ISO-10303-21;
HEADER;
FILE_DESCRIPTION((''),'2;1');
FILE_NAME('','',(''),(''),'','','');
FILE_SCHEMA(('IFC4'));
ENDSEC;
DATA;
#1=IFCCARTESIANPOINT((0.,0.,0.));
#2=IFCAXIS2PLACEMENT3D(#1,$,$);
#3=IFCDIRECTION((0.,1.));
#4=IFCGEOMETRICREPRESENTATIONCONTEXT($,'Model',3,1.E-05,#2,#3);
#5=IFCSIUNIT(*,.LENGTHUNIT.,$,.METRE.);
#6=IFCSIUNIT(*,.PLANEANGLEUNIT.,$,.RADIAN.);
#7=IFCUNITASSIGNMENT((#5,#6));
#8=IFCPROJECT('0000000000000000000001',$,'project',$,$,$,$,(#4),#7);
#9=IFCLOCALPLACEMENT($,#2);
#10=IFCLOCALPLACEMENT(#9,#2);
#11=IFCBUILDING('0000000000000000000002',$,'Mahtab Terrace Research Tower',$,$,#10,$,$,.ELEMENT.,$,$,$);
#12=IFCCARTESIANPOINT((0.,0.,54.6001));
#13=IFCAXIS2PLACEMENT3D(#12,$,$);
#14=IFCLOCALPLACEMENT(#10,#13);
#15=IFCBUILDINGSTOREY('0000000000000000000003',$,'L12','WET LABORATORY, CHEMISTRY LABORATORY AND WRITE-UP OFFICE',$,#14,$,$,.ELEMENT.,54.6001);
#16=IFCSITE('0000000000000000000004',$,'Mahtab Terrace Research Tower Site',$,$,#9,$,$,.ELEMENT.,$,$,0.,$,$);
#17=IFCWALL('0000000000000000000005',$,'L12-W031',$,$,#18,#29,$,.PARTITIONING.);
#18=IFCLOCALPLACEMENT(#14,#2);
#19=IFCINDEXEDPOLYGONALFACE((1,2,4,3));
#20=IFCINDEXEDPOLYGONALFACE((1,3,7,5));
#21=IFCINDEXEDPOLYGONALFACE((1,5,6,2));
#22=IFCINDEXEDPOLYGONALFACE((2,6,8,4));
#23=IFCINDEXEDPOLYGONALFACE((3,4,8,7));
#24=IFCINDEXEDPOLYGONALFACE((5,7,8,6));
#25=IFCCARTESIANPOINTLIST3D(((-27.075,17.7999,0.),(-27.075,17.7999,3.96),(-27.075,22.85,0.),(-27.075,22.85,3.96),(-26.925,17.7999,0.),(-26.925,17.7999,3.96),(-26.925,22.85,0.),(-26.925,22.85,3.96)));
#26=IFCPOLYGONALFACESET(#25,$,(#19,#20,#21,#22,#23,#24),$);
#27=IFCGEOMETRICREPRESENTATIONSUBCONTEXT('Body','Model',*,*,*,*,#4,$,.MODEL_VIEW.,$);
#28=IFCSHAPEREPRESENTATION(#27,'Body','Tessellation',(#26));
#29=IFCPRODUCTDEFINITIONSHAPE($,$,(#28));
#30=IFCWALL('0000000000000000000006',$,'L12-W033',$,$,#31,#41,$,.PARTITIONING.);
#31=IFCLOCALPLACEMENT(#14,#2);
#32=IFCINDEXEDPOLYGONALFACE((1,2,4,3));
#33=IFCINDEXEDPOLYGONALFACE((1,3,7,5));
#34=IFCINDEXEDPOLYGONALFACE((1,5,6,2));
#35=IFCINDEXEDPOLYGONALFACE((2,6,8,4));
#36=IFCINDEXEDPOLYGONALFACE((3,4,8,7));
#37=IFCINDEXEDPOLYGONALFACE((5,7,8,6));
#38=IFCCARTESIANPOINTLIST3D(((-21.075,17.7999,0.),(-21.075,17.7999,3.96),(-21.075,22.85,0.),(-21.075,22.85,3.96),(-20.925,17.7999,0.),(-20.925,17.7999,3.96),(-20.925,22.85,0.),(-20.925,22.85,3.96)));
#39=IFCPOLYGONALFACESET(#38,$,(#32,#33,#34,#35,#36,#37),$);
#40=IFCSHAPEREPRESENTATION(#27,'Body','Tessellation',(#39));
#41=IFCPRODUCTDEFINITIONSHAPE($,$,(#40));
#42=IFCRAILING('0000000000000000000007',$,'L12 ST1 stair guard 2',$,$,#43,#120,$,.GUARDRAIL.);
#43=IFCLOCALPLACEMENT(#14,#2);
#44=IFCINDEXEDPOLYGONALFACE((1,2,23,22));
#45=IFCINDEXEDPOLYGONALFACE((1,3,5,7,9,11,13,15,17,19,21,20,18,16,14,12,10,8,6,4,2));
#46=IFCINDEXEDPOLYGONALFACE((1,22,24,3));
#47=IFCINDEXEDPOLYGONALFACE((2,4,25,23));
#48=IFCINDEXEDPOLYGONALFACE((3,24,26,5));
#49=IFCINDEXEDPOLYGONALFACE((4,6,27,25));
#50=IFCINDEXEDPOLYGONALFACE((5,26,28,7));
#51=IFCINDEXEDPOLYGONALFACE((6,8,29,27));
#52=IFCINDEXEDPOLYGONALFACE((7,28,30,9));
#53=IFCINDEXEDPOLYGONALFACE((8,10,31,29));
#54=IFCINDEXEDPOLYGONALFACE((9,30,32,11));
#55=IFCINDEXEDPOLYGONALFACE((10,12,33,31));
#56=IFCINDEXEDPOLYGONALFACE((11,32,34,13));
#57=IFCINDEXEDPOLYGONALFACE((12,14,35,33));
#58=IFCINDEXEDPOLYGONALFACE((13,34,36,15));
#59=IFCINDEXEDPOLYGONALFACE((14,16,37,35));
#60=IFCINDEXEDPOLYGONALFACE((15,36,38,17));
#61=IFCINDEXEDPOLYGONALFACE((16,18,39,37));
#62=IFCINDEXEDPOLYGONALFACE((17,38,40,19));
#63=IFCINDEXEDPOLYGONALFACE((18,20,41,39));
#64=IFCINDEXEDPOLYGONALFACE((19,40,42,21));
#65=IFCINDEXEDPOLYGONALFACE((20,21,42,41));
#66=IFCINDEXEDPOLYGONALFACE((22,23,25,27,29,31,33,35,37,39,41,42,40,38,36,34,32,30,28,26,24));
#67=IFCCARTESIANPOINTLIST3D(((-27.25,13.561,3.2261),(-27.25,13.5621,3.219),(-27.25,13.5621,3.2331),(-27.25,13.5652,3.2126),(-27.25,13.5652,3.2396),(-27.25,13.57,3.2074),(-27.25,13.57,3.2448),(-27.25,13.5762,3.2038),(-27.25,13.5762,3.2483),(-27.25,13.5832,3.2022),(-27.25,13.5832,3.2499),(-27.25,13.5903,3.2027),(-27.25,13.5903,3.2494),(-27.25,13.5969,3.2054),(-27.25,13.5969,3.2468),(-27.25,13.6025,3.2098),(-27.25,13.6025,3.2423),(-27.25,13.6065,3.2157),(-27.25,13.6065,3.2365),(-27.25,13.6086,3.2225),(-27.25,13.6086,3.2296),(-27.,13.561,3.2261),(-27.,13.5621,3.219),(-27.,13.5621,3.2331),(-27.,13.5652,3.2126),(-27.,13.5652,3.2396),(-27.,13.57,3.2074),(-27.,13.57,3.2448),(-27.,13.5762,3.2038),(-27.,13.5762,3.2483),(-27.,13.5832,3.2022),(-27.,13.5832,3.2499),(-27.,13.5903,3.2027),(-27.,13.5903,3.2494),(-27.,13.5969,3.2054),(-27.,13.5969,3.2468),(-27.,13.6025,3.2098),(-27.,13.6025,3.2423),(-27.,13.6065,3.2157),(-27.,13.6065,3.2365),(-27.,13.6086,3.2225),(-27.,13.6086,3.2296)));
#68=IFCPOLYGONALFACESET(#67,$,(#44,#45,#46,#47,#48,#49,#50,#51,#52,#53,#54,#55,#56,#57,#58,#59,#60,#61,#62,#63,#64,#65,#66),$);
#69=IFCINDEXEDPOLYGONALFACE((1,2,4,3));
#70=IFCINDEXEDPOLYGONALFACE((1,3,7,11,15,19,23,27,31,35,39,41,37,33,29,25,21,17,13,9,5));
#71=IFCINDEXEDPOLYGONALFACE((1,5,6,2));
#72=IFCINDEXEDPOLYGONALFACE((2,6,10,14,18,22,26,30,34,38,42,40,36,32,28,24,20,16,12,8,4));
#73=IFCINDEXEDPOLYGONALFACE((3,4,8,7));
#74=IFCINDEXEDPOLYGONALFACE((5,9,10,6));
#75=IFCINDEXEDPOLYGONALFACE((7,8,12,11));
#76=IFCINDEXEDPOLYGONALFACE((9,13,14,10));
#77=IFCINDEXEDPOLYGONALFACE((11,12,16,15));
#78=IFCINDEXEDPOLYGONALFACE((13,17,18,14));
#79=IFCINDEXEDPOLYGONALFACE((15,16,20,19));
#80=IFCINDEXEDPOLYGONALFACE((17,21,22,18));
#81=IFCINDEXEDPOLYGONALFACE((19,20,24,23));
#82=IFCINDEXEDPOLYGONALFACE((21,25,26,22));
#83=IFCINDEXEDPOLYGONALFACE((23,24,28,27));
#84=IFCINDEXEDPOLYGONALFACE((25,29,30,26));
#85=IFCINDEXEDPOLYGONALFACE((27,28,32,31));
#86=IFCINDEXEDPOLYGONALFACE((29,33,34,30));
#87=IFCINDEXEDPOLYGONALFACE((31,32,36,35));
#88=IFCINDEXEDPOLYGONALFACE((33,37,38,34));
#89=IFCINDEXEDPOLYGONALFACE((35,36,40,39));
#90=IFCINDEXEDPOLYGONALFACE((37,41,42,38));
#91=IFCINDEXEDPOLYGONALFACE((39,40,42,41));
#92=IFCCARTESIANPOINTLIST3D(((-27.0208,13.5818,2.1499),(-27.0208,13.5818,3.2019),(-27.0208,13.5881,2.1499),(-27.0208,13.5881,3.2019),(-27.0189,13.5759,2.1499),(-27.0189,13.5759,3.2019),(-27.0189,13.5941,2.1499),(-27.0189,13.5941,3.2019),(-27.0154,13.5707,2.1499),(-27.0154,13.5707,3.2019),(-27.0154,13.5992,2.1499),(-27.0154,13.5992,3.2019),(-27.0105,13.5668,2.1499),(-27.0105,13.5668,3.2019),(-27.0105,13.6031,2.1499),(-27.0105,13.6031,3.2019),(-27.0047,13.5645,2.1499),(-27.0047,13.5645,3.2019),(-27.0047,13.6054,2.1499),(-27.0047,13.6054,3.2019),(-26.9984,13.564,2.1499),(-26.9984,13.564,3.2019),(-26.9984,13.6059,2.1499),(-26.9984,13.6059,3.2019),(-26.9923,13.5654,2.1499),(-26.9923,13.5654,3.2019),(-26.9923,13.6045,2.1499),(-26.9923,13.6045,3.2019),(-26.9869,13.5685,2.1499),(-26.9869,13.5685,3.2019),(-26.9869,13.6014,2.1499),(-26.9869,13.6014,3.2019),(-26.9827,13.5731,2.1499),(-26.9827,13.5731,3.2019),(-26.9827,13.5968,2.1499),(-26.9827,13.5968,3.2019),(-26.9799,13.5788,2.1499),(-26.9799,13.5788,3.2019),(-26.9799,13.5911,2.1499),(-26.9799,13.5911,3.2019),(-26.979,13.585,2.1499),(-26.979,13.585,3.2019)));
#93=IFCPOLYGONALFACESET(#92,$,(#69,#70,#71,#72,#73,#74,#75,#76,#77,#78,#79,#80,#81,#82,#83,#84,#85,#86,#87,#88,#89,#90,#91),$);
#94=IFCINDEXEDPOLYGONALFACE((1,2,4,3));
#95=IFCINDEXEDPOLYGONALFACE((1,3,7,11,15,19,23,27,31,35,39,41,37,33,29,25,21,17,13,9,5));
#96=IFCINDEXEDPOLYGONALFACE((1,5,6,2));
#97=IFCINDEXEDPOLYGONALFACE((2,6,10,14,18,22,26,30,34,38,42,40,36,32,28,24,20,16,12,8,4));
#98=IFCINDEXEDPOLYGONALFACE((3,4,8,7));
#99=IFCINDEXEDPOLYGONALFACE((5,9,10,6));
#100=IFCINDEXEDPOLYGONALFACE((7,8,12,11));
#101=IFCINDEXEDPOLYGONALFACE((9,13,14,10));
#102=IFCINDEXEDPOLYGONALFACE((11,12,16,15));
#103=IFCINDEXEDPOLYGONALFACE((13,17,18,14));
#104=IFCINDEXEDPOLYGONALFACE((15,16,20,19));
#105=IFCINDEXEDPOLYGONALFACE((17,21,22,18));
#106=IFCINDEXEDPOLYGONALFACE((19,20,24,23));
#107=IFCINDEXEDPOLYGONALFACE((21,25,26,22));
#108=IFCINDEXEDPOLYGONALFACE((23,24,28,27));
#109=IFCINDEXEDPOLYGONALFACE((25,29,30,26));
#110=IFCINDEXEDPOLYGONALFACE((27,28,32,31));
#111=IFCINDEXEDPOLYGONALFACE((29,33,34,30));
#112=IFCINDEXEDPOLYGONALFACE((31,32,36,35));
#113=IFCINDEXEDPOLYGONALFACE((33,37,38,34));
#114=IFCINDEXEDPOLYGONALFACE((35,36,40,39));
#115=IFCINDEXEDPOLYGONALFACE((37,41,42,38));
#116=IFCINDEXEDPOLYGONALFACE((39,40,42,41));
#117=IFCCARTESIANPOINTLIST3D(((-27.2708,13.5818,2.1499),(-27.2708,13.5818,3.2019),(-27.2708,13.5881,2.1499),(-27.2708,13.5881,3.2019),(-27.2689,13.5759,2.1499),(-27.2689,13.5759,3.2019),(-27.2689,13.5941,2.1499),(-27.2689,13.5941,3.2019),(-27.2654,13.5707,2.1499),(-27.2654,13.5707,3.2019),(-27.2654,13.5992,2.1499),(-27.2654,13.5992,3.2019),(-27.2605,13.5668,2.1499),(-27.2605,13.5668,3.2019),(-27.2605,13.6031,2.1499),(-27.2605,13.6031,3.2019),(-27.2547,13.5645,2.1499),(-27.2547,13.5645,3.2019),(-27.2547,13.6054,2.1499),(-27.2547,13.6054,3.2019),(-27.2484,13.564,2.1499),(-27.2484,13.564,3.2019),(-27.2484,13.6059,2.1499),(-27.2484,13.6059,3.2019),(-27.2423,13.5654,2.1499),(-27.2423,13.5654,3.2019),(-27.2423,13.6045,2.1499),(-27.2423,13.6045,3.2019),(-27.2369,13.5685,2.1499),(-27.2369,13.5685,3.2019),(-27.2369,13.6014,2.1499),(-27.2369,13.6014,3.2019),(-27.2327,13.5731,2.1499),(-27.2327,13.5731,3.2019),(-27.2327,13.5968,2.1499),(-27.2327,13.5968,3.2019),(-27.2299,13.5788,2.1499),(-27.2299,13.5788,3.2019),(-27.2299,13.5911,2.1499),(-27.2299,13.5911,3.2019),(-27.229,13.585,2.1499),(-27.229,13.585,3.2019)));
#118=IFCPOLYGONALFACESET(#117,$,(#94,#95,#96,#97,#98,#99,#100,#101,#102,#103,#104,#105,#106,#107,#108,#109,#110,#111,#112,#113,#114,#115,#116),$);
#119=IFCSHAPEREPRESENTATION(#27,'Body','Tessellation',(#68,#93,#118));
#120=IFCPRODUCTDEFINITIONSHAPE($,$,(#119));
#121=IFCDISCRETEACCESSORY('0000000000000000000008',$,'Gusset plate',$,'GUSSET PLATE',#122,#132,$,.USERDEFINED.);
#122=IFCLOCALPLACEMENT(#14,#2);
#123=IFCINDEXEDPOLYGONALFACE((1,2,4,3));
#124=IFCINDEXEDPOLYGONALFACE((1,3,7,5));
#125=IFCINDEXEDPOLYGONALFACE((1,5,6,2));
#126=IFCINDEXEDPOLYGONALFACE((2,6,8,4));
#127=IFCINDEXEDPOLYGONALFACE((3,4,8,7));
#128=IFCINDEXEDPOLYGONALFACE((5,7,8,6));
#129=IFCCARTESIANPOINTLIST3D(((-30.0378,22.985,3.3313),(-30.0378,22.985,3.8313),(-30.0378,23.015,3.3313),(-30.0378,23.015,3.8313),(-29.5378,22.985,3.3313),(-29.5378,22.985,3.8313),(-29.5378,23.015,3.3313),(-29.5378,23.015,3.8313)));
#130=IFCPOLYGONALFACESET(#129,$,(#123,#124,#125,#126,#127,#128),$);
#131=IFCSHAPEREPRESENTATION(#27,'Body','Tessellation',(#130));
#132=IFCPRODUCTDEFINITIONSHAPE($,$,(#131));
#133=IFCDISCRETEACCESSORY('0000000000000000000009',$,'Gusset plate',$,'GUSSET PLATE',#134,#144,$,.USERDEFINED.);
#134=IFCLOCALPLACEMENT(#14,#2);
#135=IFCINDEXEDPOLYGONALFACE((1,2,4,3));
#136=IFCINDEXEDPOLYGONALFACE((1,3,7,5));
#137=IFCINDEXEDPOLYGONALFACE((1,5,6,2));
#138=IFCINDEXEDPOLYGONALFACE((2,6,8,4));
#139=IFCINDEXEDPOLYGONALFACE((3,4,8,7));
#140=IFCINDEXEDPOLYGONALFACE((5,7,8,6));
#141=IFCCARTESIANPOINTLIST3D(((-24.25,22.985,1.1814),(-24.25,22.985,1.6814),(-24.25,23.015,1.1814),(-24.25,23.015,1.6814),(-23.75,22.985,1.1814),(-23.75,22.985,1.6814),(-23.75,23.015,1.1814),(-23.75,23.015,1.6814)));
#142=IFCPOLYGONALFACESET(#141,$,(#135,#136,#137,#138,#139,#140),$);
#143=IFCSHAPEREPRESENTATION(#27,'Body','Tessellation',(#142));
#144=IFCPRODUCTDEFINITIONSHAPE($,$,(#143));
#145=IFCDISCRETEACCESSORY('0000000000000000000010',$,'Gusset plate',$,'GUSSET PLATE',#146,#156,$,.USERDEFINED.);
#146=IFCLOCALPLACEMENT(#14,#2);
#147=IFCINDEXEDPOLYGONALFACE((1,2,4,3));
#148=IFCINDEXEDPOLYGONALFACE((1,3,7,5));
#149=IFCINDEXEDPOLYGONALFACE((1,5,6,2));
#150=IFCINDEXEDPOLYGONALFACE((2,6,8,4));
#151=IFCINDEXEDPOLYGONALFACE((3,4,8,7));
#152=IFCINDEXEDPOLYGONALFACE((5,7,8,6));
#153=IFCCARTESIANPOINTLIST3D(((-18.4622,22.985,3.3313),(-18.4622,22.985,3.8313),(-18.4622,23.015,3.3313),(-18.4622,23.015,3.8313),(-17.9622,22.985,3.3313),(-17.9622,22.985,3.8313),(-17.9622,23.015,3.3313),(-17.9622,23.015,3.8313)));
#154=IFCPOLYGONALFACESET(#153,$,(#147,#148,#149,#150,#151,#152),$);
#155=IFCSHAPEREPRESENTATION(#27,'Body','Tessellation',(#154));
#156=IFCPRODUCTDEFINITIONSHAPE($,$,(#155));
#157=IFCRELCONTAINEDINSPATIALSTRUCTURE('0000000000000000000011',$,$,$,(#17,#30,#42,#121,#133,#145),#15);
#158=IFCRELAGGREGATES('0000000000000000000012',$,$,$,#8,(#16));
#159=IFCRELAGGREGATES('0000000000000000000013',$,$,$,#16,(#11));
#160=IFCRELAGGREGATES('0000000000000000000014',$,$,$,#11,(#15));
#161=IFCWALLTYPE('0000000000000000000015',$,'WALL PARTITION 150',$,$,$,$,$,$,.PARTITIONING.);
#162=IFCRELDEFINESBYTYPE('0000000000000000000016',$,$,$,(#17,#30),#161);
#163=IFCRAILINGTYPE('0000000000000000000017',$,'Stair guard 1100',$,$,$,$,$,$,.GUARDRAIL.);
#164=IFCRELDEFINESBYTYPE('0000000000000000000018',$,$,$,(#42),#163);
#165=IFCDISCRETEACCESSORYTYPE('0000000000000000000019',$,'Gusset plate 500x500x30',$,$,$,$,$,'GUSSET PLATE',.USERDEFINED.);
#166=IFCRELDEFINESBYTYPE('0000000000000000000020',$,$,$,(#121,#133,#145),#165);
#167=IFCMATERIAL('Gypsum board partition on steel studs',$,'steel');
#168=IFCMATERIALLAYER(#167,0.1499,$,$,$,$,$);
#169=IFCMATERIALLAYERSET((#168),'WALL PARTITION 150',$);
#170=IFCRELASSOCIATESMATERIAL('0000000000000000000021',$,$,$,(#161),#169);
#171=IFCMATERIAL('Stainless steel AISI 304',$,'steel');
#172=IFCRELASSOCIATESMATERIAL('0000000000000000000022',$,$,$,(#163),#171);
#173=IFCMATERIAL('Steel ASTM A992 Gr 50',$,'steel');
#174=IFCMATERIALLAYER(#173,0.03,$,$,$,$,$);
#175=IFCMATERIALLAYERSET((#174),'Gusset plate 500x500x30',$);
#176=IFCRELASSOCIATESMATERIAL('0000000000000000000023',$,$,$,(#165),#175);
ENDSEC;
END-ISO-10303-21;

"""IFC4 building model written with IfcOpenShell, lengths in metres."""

from ifc_helpers import new_model, si_unit, direction, frame, frame_2d, origin, origin_2d, place, context, subcontext, project, spatial, rectangle, circle, extrude, material, layer, layer_set, type_object, element, save


model = new_model("IFC4")

# Units and contexts
model_context = context("Model", 3, precision=1e-05, world=origin(), true_north=direction((0.0, 1.0)))
body_context = subcontext(model_context, "Body", "Model", "MODEL_VIEW")
ifc_project = project(units=[si_unit("LENGTHUNIT", "METRE"), si_unit("PLANEANGLEUNIT", "RADIAN")], contexts=[model_context])

# Site, building, storey
site_placement = place(None, origin())
site = spatial("IfcSite", under=ifc_project, at=site_placement, Name="Mahtab Terrace Research Tower Site", CompositionType="ELEMENT", RefElevation=0.0)
building_placement = place(site_placement, origin())
building = spatial("IfcBuilding", under=site, at=building_placement, Name="Mahtab Terrace Research Tower", CompositionType="ELEMENT")
storey_placement = place(building_placement, frame((0.0, 0.0, 54.6001)))
storey = spatial("IfcBuildingStorey", under=building, at=storey_placement, Name="L12", Description="WET LABORATORY, CHEMISTRY LABORATORY AND WRITE-UP OFFICE", CompositionType="ELEMENT", Elevation=54.6001)

# Shared definitions
ifc_material_1 = material(Name="Steel ASTM A992 Gr 50", Category="steel")

# Shared definitions
ifc_material_2 = material(Name="Stainless steel AISI 304", Category="steel")

# Walls
ifc_material_3 = material(Name="Gypsum board partition on steel studs", Category="steel")
ifc_layer_1 = layer(ifc_material_3, 0.1499)
ifc_layer_set_1 = layer_set([ifc_layer_1], Name="WALL PARTITION 150")
wall_type_1 = type_object("IfcWallType", Name="WALL PARTITION 150", PredefinedType="PARTITIONING", material=ifc_layer_set_1)
for number, where, z_axis, x_axis, name in (
    (1, (-27.0, 17.8, 0.0), (0.0, 0.0, 1.0), (0.0, 1.0, 0.0), "L12-W031"),
    (2, (-21.0, 17.8, 0.0), (0.0, 0.0, 1.0), (0.0, 1.0, 0.0), "L12-W033"),
):
    element("IfcWall", number, at=place(storey_placement, frame(where, z_axis=z_axis, x_axis=x_axis)), inside=storey, type_object=wall_type_1, Name=name, PredefinedType="PARTITIONING", context=body_context, shape_type="SweptSolid", body=[
        extrude(rectangle(XDim=5.05, YDim=0.1499, at=frame_2d((2.5249, 0.0))), origin(), (0.0, 0.0, 1.0), 3.96),
    ])

# Railing
railing_type = type_object("IfcRailingType", Name="Stair guard 1100", PredefinedType="GUARDRAIL", material=ifc_material_2)
railing_placement = place(storey_placement, frame((-27.0, 13.585, 2.1499)))
element("IfcRailing", 3, at=railing_placement, inside=storey, type_object=railing_type, Name="L12 ST1 stair guard 2", PredefinedType="GUARDRAIL", context=body_context, shape_type="SweptSolid", body=[
    extrude(circle(Radius=0.0239, at=origin_2d()), frame((0.0, 0.0, 1.0762), z_axis=(-1.0, 0.0, 0.0), x_axis=(0.0, -1.0, 0.0)), (0.0, 0.0, 1.0), 0.25),
    extrude(circle(Radius=0.021, at=origin_2d()), origin(), (0.0, 0.0, 1.0), 1.052),
    extrude(circle(Radius=0.021, at=origin_2d()), frame((-0.25, 0.0, 0.0)), (0.0, 0.0, 1.0), 1.052),
])

# Discrete accessories
ifc_layer_2 = layer(ifc_material_1, 0.03)
ifc_layer_set_2 = layer_set([ifc_layer_2], Name="Gusset plate 500x500x30")
discrete_accessory_type = type_object("IfcDiscreteAccessoryType", Name="Gusset plate 500x500x30", ElementType="GUSSET PLATE", PredefinedType="USERDEFINED", material=ifc_layer_set_2)
for number, where, z_axis, x_axis, name in (
    (4, (-29.7878, 23.0, 3.3313), (0.0, 0.0, 1.0), (1.0, 0.0, 0.0), "Gusset plate"),
    (5, (-24.0, 23.0, 1.1814), (0.0, 0.0, 1.0), (1.0, 0.0, 0.0), "Gusset plate"),
    (6, (-18.2122, 23.0, 3.3313), (0.0, 0.0, 1.0), (1.0, 0.0, 0.0), "Gusset plate"),
):
    element("IfcDiscreteAccessory", number, at=place(storey_placement, frame(where, z_axis=z_axis, x_axis=x_axis)), inside=storey, type_object=discrete_accessory_type, Name=name, ObjectType="GUSSET PLATE", PredefinedType="USERDEFINED", context=body_context, shape_type="SweptSolid", body=[
        extrude(rectangle(XDim=0.5, YDim=0.03, at=origin_2d()), origin(), (0.0, 0.0, 1.0), 0.5),
    ])

save(model, "model.ifc")
